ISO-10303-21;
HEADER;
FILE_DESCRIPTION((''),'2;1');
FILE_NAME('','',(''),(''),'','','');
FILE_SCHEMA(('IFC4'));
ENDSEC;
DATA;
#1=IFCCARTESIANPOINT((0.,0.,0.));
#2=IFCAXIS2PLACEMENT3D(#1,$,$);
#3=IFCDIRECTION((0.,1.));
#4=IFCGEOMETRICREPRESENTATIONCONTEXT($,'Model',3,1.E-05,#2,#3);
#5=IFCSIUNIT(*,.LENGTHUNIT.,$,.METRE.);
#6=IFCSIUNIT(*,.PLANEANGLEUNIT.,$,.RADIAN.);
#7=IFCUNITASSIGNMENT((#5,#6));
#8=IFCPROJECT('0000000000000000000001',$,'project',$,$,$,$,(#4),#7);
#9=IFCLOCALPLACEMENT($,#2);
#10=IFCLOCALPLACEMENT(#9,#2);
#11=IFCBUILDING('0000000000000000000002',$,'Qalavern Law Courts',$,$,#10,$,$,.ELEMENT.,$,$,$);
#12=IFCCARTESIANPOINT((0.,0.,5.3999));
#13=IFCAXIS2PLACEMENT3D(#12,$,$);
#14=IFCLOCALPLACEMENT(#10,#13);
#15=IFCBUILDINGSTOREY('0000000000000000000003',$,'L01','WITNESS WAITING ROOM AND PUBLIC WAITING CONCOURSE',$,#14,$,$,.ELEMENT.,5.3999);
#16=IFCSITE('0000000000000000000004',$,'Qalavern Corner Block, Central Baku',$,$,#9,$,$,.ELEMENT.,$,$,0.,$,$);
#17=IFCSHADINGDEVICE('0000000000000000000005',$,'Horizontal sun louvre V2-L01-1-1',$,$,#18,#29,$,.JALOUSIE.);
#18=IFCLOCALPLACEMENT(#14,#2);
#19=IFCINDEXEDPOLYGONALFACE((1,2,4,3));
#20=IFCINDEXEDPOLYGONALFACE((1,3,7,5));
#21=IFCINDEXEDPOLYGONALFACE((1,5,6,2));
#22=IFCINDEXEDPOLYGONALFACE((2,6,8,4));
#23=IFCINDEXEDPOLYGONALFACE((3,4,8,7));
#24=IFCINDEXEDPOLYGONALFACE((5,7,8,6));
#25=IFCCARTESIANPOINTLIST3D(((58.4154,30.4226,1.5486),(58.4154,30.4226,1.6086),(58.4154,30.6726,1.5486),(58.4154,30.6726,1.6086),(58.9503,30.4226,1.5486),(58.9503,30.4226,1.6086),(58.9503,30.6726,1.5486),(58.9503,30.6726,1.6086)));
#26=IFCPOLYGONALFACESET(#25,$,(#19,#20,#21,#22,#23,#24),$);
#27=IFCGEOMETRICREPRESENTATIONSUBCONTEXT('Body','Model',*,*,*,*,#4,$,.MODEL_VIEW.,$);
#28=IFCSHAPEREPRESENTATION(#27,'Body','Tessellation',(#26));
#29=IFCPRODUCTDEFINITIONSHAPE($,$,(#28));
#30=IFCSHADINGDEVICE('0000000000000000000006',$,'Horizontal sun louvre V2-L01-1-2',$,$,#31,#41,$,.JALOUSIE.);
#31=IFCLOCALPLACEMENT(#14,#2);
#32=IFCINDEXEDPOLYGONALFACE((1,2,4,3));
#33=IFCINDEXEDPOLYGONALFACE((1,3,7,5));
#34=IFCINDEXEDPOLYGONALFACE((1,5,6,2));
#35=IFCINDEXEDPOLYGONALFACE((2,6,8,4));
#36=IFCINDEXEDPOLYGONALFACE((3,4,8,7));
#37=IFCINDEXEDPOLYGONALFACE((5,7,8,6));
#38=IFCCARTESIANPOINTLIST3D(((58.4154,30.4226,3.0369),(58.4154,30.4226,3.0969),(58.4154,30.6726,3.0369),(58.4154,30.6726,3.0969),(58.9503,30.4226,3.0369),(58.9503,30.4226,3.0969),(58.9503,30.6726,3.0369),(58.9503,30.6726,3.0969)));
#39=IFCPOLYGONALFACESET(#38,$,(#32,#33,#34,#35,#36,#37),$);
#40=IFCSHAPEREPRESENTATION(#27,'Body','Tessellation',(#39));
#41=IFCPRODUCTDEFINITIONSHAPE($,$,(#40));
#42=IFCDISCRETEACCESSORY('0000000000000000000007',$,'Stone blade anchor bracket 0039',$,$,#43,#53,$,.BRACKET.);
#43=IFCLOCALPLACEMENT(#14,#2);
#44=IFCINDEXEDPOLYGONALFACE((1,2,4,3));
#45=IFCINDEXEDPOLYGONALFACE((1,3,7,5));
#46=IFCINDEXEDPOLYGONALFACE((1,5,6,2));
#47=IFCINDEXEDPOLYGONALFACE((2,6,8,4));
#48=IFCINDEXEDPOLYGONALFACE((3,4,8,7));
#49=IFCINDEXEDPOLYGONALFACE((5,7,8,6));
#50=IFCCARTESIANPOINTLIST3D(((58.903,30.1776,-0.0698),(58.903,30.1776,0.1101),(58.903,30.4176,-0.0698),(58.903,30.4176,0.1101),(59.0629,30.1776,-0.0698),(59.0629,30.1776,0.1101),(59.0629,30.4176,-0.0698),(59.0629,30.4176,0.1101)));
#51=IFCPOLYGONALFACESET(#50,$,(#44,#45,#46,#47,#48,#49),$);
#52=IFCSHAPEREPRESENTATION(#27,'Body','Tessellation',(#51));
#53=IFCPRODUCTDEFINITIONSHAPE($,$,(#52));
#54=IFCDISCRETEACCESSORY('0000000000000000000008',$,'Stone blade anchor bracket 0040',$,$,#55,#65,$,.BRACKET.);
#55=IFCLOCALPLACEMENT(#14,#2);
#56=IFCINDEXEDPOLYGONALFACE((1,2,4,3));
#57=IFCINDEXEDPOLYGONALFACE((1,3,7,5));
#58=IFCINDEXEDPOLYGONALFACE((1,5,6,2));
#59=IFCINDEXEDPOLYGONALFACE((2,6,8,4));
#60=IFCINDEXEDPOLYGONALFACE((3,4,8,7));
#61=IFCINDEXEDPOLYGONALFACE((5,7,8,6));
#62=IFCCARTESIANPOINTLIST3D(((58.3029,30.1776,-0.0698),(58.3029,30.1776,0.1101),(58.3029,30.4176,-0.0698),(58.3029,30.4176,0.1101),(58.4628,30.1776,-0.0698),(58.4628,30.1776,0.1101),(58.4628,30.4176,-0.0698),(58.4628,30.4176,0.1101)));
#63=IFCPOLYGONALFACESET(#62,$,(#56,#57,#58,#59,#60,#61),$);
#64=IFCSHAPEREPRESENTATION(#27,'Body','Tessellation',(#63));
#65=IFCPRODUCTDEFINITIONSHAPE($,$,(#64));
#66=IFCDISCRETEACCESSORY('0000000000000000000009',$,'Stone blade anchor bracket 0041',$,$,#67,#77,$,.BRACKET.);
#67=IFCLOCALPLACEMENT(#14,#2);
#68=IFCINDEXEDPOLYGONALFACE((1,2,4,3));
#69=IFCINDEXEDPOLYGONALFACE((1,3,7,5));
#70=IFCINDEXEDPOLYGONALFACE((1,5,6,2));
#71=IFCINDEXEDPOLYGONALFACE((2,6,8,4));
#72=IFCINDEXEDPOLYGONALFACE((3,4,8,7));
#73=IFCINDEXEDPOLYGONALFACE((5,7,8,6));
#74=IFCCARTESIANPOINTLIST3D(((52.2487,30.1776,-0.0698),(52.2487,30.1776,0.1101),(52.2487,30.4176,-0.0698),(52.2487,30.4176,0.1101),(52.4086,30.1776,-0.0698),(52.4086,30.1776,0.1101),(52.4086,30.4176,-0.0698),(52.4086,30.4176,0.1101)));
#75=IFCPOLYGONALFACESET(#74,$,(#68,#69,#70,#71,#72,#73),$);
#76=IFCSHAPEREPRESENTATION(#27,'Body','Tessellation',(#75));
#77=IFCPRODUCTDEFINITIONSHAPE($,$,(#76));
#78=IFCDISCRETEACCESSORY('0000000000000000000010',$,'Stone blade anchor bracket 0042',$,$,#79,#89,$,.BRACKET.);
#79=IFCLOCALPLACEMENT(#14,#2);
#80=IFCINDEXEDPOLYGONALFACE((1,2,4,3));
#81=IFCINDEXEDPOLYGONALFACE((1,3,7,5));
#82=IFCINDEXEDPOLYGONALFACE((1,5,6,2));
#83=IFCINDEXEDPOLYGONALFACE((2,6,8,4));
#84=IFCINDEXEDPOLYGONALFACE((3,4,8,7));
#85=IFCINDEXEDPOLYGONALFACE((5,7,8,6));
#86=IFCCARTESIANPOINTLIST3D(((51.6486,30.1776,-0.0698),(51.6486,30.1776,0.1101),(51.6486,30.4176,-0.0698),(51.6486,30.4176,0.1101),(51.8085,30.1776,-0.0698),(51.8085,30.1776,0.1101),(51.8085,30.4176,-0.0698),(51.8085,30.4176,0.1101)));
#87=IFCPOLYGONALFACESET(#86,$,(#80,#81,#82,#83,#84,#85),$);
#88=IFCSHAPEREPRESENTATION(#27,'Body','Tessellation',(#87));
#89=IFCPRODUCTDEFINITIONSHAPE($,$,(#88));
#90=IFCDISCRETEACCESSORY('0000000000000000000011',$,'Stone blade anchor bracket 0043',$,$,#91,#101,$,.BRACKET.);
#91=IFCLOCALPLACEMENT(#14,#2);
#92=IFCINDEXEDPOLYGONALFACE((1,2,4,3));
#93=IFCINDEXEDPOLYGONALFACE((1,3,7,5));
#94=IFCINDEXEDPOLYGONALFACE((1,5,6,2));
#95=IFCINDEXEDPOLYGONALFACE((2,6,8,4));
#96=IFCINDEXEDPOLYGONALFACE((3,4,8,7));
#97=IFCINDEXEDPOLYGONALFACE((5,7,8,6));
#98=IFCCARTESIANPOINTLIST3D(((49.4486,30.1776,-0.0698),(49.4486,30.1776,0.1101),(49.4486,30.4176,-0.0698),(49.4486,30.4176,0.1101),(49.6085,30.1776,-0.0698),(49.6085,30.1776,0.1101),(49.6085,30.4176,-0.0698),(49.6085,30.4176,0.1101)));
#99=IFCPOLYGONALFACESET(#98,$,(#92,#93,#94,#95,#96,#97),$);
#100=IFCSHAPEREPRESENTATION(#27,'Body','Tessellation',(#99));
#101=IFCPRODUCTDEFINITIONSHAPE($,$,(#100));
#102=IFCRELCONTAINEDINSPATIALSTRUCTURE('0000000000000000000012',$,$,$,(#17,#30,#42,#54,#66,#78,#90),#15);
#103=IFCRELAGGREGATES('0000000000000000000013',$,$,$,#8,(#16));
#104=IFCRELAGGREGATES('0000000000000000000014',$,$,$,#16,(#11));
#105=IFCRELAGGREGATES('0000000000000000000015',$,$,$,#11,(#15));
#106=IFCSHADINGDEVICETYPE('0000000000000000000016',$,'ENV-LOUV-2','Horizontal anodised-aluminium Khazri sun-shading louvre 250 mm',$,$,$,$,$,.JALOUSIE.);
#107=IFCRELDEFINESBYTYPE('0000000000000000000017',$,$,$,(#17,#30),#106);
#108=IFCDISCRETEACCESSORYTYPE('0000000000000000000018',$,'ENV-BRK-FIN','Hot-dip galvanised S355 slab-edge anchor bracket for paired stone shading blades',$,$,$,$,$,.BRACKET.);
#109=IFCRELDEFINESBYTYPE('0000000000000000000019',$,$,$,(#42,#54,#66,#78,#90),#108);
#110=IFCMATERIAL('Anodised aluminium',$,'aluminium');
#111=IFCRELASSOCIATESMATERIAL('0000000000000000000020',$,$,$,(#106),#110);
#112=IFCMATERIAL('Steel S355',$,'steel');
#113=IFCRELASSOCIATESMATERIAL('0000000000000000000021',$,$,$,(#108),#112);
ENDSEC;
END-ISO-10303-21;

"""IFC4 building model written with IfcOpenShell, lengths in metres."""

from ifc_helpers import new_model, si_unit, direction, frame, origin, origin_2d, place, context, subcontext, project, spatial, rectangle, extrude, material, type_object, element, save


model = new_model("IFC4")

# Units and contexts
model_context = context("Model", 3, precision=1e-05, world=origin(), true_north=direction((0.0, 1.0)))
body_context = subcontext(model_context, "Body", "Model", "MODEL_VIEW")
ifc_project = project(units=[si_unit("LENGTHUNIT", "METRE"), si_unit("PLANEANGLEUNIT", "RADIAN")], contexts=[model_context])

# Site, building, storey
site_placement = place(None, origin())
site = spatial("IfcSite", under=ifc_project, at=site_placement, Name="Qalavern Corner Block, Central Baku", CompositionType="ELEMENT", RefElevation=0.0)
building_placement = place(site_placement, origin())
building = spatial("IfcBuilding", under=site, at=building_placement, Name="Qalavern Law Courts", CompositionType="ELEMENT")
storey_placement = place(building_placement, frame((0.0, 0.0, 5.3999)))
storey = spatial("IfcBuildingStorey", under=building, at=storey_placement, Name="L01", Description="WITNESS WAITING ROOM AND PUBLIC WAITING CONCOURSE", CompositionType="ELEMENT", Elevation=5.3999)

# Shared definitions
ifc_material_1 = material(Name="Anodised aluminium", Category="aluminium")

# Shading devices
shading_device_type_1 = type_object("IfcShadingDeviceType", Name="ENV-LOUV-2", Description="Horizontal anodised-aluminium Khazri sun-shading louvre 250 mm", PredefinedType="JALOUSIE", material=ifc_material_1)
for number, where, z_axis, x_axis, name in (
    (1, (58.6829, 30.5476, 1.5486), (0.0, 0.0, 1.0), (-1.0, 0.0, 0.0), "Horizontal sun louvre V2-L01-1-1"),
    (2, (58.6829, 30.5476, 3.0369), (0.0, 0.0, 1.0), (-1.0, 0.0, 0.0), "Horizontal sun louvre V2-L01-1-2"),
):
    element("IfcShadingDevice", number, at=place(storey_placement, frame(where, z_axis=z_axis, x_axis=x_axis)), inside=storey, type_object=shading_device_type_1, Name=name, PredefinedType="JALOUSIE", context=body_context, shape_type="SweptSolid", body=[
        extrude(rectangle(XDim=0.5349, YDim=0.25, at=origin_2d()), origin(), (0.0, 0.0, 1.0), 0.0601),
    ])

# Discrete accessories
ifc_material_2 = material(Name="Steel S355", Category="steel")
discrete_accessory_type = type_object("IfcDiscreteAccessoryType", Name="ENV-BRK-FIN", Description="Hot-dip galvanised S355 slab-edge anchor bracket for paired stone shading blades", PredefinedType="BRACKET", material=ifc_material_2)
for number, where, z_axis, x_axis, name in (
    (3, (58.9829, 30.2976, -0.0698), (0.0, 0.0, 1.0), (0.0, 1.0, 0.0), "Stone blade anchor bracket 0039"),
    (4, (58.3828, 30.2976, -0.0698), (0.0, 0.0, 1.0), (0.0, 1.0, 0.0), "Stone blade anchor bracket 0040"),
    (5, (52.3286, 30.2976, -0.0698), (0.0, 0.0, 1.0), (0.0, 1.0, 0.0), "Stone blade anchor bracket 0041"),
    (6, (51.7285, 30.2976, -0.0698), (0.0, 0.0, 1.0), (0.0, 1.0, 0.0), "Stone blade anchor bracket 0042"),
    (7, (49.5286, 30.2976, -0.0698), (0.0, 0.0, 1.0), (0.0, 1.0, 0.0), "Stone blade anchor bracket 0043"),
):
    element("IfcDiscreteAccessory", number, at=place(storey_placement, frame(where, z_axis=z_axis, x_axis=x_axis)), inside=storey, type_object=discrete_accessory_type, Name=name, PredefinedType="BRACKET", context=body_context, shape_type="SweptSolid", body=[
        extrude(rectangle(XDim=0.24, YDim=0.1599, at=origin_2d()), origin(), (0.0, 0.0, 1.0), 0.1799),
    ])

save(model, "model.ifc")
